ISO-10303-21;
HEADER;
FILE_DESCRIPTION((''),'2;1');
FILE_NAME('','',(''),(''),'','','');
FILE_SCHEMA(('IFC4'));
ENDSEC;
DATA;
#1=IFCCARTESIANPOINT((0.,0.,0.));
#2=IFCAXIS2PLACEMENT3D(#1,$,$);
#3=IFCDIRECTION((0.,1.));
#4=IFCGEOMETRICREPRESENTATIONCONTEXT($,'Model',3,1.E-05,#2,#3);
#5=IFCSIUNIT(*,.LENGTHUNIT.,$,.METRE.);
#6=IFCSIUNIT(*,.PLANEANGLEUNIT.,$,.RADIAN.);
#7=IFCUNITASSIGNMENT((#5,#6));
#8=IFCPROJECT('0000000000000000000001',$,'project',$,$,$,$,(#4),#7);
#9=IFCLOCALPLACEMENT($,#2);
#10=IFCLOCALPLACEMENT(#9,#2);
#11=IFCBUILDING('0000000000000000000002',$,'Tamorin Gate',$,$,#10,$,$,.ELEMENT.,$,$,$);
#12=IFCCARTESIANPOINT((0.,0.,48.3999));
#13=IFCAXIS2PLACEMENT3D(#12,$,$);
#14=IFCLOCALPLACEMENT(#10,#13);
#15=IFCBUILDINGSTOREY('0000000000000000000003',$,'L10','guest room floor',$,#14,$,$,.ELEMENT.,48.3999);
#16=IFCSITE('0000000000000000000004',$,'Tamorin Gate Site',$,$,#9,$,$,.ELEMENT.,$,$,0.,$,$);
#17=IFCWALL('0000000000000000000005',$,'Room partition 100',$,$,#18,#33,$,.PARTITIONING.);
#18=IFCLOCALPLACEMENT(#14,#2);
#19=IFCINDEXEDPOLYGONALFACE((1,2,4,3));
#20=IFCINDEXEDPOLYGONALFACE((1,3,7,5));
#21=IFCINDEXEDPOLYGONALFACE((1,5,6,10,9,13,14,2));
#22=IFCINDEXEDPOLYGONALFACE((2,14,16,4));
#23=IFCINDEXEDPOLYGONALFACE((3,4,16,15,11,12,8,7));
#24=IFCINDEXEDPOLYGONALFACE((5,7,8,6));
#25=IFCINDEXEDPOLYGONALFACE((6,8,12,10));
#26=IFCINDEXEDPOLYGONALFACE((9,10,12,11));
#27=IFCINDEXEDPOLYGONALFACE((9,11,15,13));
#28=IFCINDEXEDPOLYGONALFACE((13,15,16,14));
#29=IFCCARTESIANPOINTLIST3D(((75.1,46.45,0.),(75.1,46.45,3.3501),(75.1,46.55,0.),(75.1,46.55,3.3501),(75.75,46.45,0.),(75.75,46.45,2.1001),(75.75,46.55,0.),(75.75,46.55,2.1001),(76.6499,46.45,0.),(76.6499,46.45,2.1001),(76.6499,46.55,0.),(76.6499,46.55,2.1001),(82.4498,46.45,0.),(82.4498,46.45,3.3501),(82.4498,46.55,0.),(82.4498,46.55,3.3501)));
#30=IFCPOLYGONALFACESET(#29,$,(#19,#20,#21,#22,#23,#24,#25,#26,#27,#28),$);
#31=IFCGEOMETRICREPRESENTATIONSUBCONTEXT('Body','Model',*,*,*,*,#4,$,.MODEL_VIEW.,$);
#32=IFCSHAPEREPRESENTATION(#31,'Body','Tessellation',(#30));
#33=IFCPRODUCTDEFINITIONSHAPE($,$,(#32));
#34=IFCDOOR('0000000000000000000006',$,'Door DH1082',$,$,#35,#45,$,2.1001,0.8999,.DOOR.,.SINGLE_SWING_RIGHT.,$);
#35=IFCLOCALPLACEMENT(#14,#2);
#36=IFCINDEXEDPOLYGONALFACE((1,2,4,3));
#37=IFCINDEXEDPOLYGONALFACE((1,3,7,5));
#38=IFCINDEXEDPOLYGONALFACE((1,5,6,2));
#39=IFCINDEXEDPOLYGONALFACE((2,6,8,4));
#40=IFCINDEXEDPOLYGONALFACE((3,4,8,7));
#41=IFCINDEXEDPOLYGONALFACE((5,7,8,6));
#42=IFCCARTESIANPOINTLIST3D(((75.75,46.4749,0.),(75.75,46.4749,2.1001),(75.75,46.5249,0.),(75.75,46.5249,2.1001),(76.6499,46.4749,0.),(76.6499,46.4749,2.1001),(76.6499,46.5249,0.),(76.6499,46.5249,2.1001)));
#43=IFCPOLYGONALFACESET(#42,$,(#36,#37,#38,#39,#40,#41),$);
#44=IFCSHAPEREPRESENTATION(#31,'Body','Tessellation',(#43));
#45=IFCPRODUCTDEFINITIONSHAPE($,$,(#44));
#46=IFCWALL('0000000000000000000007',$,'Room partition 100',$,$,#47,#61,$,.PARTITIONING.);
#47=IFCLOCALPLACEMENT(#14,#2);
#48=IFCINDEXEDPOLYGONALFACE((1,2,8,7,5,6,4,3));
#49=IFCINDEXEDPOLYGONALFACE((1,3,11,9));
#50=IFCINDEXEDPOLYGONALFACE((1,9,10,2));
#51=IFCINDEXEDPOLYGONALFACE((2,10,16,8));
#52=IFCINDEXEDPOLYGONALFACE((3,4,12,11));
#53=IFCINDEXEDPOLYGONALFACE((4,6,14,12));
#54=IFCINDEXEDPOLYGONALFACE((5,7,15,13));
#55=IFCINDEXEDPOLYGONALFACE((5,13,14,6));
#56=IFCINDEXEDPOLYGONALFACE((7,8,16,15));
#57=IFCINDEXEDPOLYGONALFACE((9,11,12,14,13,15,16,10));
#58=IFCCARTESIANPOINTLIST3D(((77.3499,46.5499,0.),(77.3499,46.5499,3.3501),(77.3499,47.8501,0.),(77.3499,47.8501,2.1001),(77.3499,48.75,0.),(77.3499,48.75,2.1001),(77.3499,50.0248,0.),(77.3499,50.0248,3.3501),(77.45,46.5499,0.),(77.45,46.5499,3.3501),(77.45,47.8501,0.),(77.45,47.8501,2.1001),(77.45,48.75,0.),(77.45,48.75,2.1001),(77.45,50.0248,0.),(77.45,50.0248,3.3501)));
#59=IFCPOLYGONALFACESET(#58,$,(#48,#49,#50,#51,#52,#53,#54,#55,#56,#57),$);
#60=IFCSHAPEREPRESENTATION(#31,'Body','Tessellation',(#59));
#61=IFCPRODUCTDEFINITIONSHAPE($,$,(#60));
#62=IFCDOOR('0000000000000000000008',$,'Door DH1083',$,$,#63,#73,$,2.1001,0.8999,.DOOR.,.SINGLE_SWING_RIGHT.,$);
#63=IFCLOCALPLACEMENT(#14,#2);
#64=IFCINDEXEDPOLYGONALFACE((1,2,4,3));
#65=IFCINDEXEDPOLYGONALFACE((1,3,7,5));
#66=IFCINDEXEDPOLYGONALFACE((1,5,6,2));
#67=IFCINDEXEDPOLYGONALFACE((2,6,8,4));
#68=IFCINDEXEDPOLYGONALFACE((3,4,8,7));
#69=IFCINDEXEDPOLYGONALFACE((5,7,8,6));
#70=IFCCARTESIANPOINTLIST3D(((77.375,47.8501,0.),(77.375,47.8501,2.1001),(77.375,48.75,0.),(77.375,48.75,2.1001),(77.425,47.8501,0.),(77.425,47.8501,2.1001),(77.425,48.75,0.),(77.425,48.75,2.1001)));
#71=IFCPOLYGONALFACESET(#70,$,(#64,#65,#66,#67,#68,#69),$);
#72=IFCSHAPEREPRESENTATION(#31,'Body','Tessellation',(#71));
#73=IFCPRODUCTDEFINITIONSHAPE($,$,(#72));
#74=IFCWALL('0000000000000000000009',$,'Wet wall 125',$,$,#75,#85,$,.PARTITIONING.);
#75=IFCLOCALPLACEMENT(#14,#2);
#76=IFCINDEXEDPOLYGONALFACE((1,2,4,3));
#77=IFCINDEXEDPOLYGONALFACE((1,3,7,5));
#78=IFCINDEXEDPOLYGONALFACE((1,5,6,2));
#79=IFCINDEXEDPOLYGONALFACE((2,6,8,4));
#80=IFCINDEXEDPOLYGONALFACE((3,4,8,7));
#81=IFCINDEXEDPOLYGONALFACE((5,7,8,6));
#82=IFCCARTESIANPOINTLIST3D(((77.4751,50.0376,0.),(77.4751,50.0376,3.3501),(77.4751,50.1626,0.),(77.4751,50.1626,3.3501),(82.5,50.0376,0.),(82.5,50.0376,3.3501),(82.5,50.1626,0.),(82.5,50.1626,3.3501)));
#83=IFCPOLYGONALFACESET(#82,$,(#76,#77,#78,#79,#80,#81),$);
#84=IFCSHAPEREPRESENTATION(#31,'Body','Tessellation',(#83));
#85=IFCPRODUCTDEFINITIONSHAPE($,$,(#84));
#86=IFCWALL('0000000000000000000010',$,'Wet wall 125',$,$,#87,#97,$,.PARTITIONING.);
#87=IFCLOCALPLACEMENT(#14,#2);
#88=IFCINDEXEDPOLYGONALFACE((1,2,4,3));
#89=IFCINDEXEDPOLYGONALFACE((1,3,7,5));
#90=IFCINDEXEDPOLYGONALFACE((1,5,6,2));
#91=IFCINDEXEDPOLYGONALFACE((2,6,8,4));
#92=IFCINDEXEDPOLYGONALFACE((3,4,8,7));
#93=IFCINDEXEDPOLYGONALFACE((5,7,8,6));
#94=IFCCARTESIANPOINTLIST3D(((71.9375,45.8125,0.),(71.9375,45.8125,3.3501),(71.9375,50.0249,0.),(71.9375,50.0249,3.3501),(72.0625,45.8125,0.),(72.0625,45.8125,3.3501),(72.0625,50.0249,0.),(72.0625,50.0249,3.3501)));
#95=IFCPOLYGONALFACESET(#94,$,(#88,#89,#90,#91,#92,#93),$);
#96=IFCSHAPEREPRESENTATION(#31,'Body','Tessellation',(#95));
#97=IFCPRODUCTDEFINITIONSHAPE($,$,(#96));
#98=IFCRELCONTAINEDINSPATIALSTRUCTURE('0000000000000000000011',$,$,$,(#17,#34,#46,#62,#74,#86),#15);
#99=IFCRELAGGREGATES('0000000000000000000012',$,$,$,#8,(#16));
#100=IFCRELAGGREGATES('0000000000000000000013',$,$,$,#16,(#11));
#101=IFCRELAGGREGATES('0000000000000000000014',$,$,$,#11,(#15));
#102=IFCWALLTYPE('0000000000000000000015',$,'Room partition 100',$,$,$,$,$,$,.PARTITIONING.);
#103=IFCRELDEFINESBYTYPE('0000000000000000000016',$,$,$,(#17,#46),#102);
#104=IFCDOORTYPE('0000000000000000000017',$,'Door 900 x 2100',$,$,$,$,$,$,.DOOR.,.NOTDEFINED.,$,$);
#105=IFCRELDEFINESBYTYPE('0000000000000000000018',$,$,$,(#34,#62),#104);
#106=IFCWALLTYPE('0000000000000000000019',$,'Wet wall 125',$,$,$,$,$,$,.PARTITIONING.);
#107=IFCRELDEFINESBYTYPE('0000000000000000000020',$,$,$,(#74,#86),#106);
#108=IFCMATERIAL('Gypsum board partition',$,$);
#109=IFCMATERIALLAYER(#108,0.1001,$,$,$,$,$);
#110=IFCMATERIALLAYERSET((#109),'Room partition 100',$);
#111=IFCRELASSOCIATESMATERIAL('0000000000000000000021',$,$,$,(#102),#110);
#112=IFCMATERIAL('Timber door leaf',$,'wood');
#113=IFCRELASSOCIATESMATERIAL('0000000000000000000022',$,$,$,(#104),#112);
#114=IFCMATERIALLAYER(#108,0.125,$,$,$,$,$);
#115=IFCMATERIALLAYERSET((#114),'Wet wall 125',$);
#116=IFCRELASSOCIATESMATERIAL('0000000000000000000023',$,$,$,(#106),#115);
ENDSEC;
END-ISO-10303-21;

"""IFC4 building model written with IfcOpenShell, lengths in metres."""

from ifc_helpers import new_model, si_unit, direction, frame, frame_2d, origin, place, context, subcontext, project, spatial, rectangle, extrude, material, layer, layer_set, type_object, element, fill, save


model = new_model("IFC4")

# Units and contexts
model_context = context("Model", 3, precision=1e-05, world=origin(), true_north=direction((0.0, 1.0)))
body_context = subcontext(model_context, "Body", "Model", "MODEL_VIEW")
ifc_project = project(units=[si_unit("LENGTHUNIT", "METRE"), si_unit("PLANEANGLEUNIT", "RADIAN")], contexts=[model_context])

# Site, building, storey
site_placement = place(None, origin())
site = spatial("IfcSite", under=ifc_project, at=site_placement, Name="Tamorin Gate Site", CompositionType="ELEMENT", RefElevation=0.0)
building_placement = place(site_placement, origin())
building = spatial("IfcBuilding", under=site, at=building_placement, Name="Tamorin Gate", CompositionType="ELEMENT")
storey_placement = place(building_placement, frame((0.0, 0.0, 48.3999)))
storey = spatial("IfcBuildingStorey", under=building, at=storey_placement, Name="L10", Description="guest room floor", CompositionType="ELEMENT", Elevation=48.3999)

# Shared definitions
ifc_material_1 = material(Name="Gypsum board partition")

# Walls, openings, doors
ifc_layer_1 = layer(ifc_material_1, 0.1001)
ifc_layer_set_1 = layer_set([ifc_layer_1], Name="Room partition 100")
wall_type_1 = type_object("IfcWallType", Name="Room partition 100", PredefinedType="PARTITIONING", material=ifc_layer_set_1)
ifc_material_2 = material(Name="Timber door leaf", Category="wood")
door_type = type_object("IfcDoorType", Name="Door 900 x 2100", OperationType="NOTDEFINED", PredefinedType="DOOR", material=ifc_material_2)
wall_1_placement = place(storey_placement, frame((75.1001, 46.5, 0.0), z_axis=(0.0, 0.0, 1.0), x_axis=(1.0, 0.0, 0.0)))
wall_1 = element("IfcWall", 1, at=wall_1_placement, inside=storey, type_object=wall_type_1, Name="Room partition 100", PredefinedType="PARTITIONING", context=body_context, shape_type="SweptSolid", body=[
    extrude(rectangle(XDim=7.3499, YDim=0.1001, at=frame_2d((3.6748, 0.0))), origin(), (0.0, 0.0, 1.0), 3.3501),
])
opening_1_placement = place(wall_1_placement, frame((0.6499, 0.0, 0.0)))
opening_1 = element("IfcOpeningElement", 2, at=opening_1_placement, cuts=wall_1, PredefinedType="OPENING", context=body_context, shape_type="SweptSolid", body=[
    extrude(rectangle(XDim=0.8999, YDim=2.1001, at=frame_2d((0.45, 1.05))), frame((0.0, 0.0601, 0.0), z_axis=(0.0, -1.0, 0.0), x_axis=(1.0, 0.0, 0.0)), (0.0, 0.0, 1.0), 0.1201),
])
door_1_placement = place(opening_1_placement, origin())
door_1 = element("IfcDoor", 3, at=door_1_placement, inside=storey, type_object=door_type, Name="Door DH1082", OperationType="SINGLE_SWING_RIGHT", OverallHeight=2.1001, OverallWidth=0.8999, PredefinedType="DOOR", context=body_context, shape_type="SweptSolid", body=[
    extrude(rectangle(XDim=0.8999, YDim=2.1001, at=frame_2d((0.45, 1.05))), frame((0.0, 0.0249, 0.0), z_axis=(0.0, -1.0, 0.0), x_axis=(1.0, 0.0, 0.0)), (0.0, 0.0, 1.0), 0.05),
])
fill(opening_1, door_1)
wall_2_placement = place(storey_placement, frame((77.3999, 46.55, 0.0), z_axis=(0.0, 0.0, 1.0), x_axis=(0.0, 1.0, 0.0)))
wall_2 = element("IfcWall", 4, at=wall_2_placement, inside=storey, type_object=wall_type_1, Name="Room partition 100", PredefinedType="PARTITIONING", context=body_context, shape_type="SweptSolid", body=[
    extrude(rectangle(XDim=3.4749, YDim=0.1001, at=frame_2d((1.7373, 0.0))), origin(), (0.0, 0.0, 1.0), 3.3501),
])
opening_2_placement = place(wall_2_placement, frame((1.3, 0.0, 0.0)))
opening_2 = element("IfcOpeningElement", 5, at=opening_2_placement, cuts=wall_2, PredefinedType="OPENING", context=body_context, shape_type="SweptSolid", body=[
    extrude(rectangle(XDim=0.8999, YDim=2.1001, at=frame_2d((0.45, 1.05))), frame((0.0, 0.0601, 0.0), z_axis=(0.0, -1.0, 0.0), x_axis=(1.0, 0.0, 0.0)), (0.0, 0.0, 1.0), 0.1201),
])
door_2_placement = place(opening_2_placement, origin())
door_2 = element("IfcDoor", 6, at=door_2_placement, inside=storey, type_object=door_type, Name="Door DH1083", OperationType="SINGLE_SWING_RIGHT", OverallHeight=2.1001, OverallWidth=0.8999, PredefinedType="DOOR", context=body_context, shape_type="SweptSolid", body=[
    extrude(rectangle(XDim=0.8999, YDim=2.1001, at=frame_2d((0.45, 1.05))), frame((0.0, 0.0249, 0.0), z_axis=(0.0, -1.0, 0.0), x_axis=(1.0, 0.0, 0.0)), (0.0, 0.0, 1.0), 0.05),
])
fill(opening_2, door_2)

# Walls
ifc_layer_2 = layer(ifc_material_1, 0.125)
ifc_layer_set_2 = layer_set([ifc_layer_2], Name="Wet wall 125")
wall_type_2 = type_object("IfcWallType", Name="Wet wall 125", PredefinedType="PARTITIONING", material=ifc_layer_set_2)
wall_3_placement = place(storey_placement, frame((77.4751, 50.1001, 0.0), z_axis=(0.0, 0.0, 1.0), x_axis=(1.0, 0.0, 0.0)))
element("IfcWall", 7, at=wall_3_placement, inside=storey, type_object=wall_type_2, Name="Wet wall 125", PredefinedType="PARTITIONING", context=body_context, shape_type="SweptSolid", body=[
    extrude(rectangle(XDim=5.0249, YDim=0.125, at=frame_2d((2.5125, 0.0))), origin(), (0.0, 0.0, 1.0), 3.3501),
])
wall_4_placement = place(storey_placement, frame((72.0, 45.8125, 0.0), z_axis=(0.0, 0.0, 1.0), x_axis=(0.0, 1.0, 0.0)))
element("IfcWall", 8, at=wall_4_placement, inside=storey, type_object=wall_type_2, Name="Wet wall 125", PredefinedType="PARTITIONING", context=body_context, shape_type="SweptSolid", body=[
    extrude(rectangle(XDim=4.2124, YDim=0.125, at=frame_2d((2.1062, 0.0))), origin(), (0.0, 0.0, 1.0), 3.3501),
])

save(model, "model.ifc")
